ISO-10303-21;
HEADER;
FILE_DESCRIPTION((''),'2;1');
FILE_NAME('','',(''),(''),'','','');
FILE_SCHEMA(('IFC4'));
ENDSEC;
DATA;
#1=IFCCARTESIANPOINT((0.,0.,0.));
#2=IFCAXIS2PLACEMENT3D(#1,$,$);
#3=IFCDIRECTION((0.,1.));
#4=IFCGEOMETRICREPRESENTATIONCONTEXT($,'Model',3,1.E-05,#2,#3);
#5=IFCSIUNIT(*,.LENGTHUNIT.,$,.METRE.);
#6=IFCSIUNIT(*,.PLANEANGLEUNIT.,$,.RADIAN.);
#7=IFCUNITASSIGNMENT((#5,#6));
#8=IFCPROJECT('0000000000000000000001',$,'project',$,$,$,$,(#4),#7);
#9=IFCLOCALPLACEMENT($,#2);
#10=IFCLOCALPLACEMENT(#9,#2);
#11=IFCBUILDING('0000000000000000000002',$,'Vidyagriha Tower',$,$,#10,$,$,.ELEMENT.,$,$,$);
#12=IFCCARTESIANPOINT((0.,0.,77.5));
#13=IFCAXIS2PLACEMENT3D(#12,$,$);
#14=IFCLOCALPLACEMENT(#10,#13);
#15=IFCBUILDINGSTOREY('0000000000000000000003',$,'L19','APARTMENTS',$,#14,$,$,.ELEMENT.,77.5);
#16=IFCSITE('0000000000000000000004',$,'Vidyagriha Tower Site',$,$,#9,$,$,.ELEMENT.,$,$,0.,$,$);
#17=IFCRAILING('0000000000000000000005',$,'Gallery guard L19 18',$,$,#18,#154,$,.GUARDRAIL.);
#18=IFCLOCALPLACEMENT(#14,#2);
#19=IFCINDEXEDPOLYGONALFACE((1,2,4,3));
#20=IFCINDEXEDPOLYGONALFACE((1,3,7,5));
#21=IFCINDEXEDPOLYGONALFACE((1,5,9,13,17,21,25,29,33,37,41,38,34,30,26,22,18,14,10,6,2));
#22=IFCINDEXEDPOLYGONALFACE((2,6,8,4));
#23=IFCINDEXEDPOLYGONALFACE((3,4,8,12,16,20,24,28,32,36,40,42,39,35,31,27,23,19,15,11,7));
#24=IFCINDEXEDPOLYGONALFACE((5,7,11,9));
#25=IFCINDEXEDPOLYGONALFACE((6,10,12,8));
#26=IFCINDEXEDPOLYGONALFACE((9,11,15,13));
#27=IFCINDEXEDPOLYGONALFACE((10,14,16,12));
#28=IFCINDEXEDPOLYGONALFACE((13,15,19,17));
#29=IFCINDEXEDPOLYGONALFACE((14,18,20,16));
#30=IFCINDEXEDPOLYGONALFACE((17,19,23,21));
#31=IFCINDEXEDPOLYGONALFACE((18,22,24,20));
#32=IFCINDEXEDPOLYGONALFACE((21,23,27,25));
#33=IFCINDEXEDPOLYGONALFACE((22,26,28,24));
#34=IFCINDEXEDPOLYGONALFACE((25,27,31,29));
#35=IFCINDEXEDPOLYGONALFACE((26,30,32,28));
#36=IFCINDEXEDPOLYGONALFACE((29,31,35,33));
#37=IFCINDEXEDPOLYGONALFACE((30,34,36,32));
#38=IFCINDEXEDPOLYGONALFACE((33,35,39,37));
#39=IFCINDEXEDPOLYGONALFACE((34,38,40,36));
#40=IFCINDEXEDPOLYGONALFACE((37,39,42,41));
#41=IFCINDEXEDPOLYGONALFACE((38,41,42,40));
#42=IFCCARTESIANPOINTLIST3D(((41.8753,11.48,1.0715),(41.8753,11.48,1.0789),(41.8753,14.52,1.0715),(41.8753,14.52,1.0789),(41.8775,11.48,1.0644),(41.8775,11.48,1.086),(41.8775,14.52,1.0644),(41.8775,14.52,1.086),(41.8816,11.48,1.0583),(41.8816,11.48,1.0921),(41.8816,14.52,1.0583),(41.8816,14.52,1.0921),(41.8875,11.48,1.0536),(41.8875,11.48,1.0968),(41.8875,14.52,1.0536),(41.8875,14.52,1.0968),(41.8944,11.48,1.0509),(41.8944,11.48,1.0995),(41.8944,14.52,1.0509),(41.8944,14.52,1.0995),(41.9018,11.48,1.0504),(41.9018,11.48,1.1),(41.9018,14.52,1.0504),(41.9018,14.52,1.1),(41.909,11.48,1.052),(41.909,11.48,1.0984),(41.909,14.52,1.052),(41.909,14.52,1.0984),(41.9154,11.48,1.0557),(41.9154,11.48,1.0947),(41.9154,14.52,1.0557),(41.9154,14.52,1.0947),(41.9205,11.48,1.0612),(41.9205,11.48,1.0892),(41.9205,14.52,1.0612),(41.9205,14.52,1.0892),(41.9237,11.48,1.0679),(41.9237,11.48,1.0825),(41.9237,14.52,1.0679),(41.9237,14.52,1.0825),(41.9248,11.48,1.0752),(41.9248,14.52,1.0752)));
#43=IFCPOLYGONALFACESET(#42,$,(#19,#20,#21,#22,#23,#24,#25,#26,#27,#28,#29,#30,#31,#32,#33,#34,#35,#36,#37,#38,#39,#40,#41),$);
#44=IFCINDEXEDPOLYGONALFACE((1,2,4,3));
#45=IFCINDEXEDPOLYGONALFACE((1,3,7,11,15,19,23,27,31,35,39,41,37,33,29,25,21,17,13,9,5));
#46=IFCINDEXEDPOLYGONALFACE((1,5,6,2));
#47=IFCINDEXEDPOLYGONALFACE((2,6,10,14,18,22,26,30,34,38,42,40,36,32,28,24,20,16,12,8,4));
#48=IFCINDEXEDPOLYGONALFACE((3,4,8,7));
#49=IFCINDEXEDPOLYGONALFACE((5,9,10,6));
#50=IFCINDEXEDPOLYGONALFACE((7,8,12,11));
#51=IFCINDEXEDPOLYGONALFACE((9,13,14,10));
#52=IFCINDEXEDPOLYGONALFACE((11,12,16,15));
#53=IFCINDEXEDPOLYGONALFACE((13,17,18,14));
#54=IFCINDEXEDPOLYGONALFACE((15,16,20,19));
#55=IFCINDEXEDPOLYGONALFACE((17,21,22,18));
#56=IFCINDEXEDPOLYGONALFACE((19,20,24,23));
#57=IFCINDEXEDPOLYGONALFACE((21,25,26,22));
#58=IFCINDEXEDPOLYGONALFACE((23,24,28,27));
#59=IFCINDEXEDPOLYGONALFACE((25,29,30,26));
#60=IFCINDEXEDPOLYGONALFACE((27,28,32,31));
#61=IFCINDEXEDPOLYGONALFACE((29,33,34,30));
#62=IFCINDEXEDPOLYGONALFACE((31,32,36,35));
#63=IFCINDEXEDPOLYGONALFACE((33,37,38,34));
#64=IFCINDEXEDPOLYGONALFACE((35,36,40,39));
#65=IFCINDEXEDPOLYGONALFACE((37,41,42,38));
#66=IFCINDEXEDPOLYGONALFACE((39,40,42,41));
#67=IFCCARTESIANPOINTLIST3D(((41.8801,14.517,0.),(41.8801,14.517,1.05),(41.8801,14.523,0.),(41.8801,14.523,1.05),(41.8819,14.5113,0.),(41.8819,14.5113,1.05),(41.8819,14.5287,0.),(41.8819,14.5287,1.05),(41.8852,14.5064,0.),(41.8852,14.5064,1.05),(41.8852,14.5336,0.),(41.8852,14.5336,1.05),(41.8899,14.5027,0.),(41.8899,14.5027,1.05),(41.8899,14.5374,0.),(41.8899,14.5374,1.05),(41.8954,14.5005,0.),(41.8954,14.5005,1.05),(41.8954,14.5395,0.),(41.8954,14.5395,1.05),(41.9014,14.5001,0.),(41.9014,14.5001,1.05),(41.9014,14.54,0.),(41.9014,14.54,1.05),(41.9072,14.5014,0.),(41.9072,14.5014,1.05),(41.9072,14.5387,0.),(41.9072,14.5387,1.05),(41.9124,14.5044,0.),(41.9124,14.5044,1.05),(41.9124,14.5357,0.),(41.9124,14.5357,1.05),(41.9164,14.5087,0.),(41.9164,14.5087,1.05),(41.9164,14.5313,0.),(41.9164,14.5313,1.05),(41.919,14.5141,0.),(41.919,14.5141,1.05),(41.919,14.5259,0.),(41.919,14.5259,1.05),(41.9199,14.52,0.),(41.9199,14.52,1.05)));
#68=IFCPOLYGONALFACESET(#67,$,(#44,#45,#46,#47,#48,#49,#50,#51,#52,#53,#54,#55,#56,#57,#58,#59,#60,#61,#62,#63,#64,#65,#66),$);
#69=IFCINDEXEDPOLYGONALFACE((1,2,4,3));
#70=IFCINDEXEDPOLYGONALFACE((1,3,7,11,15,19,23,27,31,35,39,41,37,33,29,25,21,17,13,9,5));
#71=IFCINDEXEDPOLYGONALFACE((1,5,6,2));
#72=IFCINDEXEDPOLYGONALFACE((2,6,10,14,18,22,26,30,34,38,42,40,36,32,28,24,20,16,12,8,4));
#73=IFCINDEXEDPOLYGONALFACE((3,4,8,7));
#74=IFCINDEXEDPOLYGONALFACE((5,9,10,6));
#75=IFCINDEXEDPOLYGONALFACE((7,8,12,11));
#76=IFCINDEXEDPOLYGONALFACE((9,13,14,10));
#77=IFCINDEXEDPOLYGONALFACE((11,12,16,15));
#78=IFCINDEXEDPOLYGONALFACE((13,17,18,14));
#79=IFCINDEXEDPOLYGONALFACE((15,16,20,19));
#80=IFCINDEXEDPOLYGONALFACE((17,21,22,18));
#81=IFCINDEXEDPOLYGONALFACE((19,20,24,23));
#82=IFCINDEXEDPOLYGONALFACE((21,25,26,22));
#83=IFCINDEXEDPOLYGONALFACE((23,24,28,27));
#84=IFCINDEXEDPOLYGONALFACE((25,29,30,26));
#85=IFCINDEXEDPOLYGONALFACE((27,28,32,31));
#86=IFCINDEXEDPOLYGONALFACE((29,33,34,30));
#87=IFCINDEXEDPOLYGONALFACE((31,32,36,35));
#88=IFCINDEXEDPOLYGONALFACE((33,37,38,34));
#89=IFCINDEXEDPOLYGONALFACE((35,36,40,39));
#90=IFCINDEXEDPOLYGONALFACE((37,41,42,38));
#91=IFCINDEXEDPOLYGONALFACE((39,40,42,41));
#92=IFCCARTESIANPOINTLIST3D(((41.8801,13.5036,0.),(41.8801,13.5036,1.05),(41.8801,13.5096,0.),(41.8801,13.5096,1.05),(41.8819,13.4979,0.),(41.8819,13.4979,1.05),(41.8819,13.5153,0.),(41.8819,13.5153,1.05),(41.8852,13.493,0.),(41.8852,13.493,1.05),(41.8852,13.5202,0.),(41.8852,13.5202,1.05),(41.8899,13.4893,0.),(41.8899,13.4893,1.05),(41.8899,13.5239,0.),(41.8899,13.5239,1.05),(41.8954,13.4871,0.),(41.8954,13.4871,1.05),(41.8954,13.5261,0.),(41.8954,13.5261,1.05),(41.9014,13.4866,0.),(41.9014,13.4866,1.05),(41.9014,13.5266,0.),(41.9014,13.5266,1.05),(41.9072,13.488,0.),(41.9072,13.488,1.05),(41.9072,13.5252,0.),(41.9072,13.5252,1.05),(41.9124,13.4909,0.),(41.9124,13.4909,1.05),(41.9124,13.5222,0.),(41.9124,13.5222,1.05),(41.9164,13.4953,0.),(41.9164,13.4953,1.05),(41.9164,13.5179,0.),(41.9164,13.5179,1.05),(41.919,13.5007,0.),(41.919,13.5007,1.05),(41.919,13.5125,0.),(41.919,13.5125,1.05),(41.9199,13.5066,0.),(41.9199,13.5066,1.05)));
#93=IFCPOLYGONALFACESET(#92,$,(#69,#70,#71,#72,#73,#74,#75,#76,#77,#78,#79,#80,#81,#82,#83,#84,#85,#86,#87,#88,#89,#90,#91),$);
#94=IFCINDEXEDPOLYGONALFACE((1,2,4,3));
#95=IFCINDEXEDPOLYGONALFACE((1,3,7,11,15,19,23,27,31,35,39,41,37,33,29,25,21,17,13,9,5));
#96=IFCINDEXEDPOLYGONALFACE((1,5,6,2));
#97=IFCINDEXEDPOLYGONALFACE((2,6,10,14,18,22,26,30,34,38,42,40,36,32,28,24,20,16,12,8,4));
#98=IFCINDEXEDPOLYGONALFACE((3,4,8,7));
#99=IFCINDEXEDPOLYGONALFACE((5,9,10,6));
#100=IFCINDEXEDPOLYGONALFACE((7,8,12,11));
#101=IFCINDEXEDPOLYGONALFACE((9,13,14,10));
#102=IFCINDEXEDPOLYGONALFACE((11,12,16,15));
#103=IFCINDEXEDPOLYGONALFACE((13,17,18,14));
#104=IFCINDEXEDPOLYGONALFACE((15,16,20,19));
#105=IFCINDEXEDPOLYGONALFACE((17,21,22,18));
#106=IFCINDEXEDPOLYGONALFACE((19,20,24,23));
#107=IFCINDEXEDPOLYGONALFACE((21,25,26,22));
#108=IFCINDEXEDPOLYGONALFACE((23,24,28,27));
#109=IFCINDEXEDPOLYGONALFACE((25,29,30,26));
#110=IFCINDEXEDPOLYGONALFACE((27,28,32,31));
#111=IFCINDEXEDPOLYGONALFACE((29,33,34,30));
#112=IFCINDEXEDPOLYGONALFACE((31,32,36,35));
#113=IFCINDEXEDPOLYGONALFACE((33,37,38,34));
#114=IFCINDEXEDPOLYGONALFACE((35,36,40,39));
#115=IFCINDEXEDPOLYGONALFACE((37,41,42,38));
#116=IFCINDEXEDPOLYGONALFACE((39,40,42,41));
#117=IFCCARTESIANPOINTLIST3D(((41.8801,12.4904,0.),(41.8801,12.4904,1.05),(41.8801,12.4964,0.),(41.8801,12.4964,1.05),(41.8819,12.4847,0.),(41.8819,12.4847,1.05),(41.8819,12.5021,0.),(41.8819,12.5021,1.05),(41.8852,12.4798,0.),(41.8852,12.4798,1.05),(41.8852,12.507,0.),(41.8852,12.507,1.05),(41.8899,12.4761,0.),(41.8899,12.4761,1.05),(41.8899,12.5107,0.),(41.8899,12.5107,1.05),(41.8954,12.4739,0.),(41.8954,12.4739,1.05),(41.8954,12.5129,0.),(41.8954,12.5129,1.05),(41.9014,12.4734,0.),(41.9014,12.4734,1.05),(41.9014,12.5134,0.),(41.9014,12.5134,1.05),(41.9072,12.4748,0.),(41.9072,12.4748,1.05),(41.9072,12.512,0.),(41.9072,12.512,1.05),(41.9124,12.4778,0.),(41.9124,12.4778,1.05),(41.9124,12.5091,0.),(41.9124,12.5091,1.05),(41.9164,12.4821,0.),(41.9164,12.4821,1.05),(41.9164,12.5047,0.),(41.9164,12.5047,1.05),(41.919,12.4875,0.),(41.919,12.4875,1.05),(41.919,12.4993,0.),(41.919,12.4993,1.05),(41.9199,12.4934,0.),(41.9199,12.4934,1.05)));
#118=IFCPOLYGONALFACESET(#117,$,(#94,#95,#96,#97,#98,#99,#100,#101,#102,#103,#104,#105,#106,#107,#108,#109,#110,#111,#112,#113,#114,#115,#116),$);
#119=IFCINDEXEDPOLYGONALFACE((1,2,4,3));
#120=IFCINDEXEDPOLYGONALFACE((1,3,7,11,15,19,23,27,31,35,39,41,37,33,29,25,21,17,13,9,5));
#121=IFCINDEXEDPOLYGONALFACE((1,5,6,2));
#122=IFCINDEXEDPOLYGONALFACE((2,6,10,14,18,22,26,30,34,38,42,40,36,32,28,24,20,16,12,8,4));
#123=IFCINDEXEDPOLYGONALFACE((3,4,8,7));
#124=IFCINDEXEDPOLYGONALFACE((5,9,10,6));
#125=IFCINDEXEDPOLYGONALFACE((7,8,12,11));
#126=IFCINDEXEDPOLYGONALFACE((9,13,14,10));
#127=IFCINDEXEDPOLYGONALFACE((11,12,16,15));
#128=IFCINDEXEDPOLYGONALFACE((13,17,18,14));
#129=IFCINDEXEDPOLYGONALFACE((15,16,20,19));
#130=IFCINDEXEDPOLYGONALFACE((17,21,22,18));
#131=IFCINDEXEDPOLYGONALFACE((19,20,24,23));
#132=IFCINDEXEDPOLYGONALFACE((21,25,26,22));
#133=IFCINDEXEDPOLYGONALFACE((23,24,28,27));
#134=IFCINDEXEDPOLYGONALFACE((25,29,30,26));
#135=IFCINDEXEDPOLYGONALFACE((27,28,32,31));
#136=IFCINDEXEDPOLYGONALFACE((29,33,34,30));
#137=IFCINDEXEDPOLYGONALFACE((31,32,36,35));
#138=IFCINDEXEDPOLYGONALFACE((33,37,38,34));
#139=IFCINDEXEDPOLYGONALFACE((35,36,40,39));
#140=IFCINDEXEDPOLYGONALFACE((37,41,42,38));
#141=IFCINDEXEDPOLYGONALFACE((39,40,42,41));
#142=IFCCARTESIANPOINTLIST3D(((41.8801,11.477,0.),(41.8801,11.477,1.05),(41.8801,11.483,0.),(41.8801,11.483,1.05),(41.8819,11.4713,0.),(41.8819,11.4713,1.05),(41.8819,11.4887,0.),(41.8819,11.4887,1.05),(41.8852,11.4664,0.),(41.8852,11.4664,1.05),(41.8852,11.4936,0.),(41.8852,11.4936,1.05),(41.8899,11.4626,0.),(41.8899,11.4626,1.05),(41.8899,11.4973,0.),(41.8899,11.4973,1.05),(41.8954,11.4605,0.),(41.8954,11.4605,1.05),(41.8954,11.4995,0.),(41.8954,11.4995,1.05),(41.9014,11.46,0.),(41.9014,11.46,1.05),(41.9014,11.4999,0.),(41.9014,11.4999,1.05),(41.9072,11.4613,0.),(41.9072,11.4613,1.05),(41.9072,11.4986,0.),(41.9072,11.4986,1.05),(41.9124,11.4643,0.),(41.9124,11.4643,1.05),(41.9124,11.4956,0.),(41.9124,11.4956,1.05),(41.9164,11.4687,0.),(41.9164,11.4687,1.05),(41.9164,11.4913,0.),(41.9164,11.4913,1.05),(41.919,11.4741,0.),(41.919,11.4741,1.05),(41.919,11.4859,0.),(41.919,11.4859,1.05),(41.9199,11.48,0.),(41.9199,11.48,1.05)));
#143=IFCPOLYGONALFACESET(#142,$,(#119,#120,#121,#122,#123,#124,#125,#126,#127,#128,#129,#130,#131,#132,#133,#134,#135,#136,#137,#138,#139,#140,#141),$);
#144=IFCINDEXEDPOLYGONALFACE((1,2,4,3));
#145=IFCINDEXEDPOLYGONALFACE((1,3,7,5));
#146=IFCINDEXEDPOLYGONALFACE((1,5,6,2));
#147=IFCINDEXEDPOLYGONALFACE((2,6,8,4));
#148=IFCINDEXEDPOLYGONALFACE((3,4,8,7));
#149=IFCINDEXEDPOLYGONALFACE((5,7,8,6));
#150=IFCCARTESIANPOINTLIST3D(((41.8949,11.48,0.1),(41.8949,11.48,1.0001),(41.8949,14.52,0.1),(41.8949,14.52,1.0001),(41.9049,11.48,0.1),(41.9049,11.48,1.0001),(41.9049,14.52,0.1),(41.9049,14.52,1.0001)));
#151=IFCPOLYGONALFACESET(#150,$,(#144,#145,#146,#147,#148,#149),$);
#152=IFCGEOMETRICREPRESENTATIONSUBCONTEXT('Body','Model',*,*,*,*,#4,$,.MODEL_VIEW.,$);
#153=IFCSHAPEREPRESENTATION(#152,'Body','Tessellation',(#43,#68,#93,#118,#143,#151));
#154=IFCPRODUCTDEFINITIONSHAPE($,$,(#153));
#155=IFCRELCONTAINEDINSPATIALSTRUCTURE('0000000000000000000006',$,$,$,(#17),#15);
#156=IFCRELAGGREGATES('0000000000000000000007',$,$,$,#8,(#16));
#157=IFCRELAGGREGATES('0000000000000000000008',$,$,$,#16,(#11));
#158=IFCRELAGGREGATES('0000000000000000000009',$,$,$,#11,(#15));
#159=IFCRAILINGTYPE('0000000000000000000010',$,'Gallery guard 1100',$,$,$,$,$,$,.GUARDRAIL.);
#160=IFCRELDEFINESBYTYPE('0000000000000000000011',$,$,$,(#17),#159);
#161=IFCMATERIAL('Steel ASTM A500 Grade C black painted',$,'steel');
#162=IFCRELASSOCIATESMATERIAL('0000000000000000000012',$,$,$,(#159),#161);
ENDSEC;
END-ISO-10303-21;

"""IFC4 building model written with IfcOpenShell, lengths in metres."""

from ifc_helpers import new_model, si_unit, direction, frame, origin, origin_2d, place, context, subcontext, project, spatial, rectangle, circle, extrude, material, type_object, element, save


model = new_model("IFC4")

# Units and contexts
model_context = context("Model", 3, precision=1e-05, world=origin(), true_north=direction((0.0, 1.0)))
body_context = subcontext(model_context, "Body", "Model", "MODEL_VIEW")
ifc_project = project(units=[si_unit("LENGTHUNIT", "METRE"), si_unit("PLANEANGLEUNIT", "RADIAN")], contexts=[model_context])

# Site, building, storey
site_placement = place(None, origin())
site = spatial("IfcSite", under=ifc_project, at=site_placement, Name="Vidyagriha Tower Site", CompositionType="ELEMENT", RefElevation=0.0)
building_placement = place(site_placement, origin())
building = spatial("IfcBuilding", under=site, at=building_placement, Name="Vidyagriha Tower", CompositionType="ELEMENT")
storey_placement = place(building_placement, frame((0.0, 0.0, 77.5)))
storey = spatial("IfcBuildingStorey", under=building, at=storey_placement, Name="L19", Description="APARTMENTS", CompositionType="ELEMENT", Elevation=77.5)

# Railing
ifc_material_1 = material(Name="Steel ASTM A500 Grade C black painted", Category="steel")
railing_type = type_object("IfcRailingType", Name="Gallery guard 1100", PredefinedType="GUARDRAIL", material=ifc_material_1)
railing_1_placement = place(storey_placement, frame((41.8999, 14.52, 0.0)))
element("IfcRailing", 1, at=railing_1_placement, inside=storey, type_object=railing_type, Name="Gallery guard L19 18", PredefinedType="GUARDRAIL", context=body_context, shape_type="SweptSolid", body=[
    extrude(circle(Radius=0.0249, at=origin_2d()), frame((0.0, 0.0, 1.0752), z_axis=(0.0, -1.0, 0.0), x_axis=(1.0, 0.0, 0.0)), (0.0, 0.0, 1.0), 3.04),
    extrude(circle(Radius=0.02, at=origin_2d()), origin(), (0.0, 0.0, 1.0), 1.05),
    extrude(circle(Radius=0.02, at=origin_2d()), frame((0.0, -1.0134, 0.0)), (0.0, 0.0, 1.0), 1.05),
    extrude(circle(Radius=0.02, at=origin_2d()), frame((0.0, -2.0266, 0.0)), (0.0, 0.0, 1.0), 1.05),
    extrude(circle(Radius=0.02, at=origin_2d()), frame((0.0, -3.04, 0.0)), (0.0, 0.0, 1.0), 1.05),
    extrude(rectangle(XDim=0.01, YDim=0.9001, at=origin_2d()), frame((0.0, 0.0, 0.55), z_axis=(0.0, -1.0, 0.0), x_axis=(1.0, 0.0, 0.0)), (0.0, 0.0, 1.0), 3.04),
])

save(model, "model.ifc")
